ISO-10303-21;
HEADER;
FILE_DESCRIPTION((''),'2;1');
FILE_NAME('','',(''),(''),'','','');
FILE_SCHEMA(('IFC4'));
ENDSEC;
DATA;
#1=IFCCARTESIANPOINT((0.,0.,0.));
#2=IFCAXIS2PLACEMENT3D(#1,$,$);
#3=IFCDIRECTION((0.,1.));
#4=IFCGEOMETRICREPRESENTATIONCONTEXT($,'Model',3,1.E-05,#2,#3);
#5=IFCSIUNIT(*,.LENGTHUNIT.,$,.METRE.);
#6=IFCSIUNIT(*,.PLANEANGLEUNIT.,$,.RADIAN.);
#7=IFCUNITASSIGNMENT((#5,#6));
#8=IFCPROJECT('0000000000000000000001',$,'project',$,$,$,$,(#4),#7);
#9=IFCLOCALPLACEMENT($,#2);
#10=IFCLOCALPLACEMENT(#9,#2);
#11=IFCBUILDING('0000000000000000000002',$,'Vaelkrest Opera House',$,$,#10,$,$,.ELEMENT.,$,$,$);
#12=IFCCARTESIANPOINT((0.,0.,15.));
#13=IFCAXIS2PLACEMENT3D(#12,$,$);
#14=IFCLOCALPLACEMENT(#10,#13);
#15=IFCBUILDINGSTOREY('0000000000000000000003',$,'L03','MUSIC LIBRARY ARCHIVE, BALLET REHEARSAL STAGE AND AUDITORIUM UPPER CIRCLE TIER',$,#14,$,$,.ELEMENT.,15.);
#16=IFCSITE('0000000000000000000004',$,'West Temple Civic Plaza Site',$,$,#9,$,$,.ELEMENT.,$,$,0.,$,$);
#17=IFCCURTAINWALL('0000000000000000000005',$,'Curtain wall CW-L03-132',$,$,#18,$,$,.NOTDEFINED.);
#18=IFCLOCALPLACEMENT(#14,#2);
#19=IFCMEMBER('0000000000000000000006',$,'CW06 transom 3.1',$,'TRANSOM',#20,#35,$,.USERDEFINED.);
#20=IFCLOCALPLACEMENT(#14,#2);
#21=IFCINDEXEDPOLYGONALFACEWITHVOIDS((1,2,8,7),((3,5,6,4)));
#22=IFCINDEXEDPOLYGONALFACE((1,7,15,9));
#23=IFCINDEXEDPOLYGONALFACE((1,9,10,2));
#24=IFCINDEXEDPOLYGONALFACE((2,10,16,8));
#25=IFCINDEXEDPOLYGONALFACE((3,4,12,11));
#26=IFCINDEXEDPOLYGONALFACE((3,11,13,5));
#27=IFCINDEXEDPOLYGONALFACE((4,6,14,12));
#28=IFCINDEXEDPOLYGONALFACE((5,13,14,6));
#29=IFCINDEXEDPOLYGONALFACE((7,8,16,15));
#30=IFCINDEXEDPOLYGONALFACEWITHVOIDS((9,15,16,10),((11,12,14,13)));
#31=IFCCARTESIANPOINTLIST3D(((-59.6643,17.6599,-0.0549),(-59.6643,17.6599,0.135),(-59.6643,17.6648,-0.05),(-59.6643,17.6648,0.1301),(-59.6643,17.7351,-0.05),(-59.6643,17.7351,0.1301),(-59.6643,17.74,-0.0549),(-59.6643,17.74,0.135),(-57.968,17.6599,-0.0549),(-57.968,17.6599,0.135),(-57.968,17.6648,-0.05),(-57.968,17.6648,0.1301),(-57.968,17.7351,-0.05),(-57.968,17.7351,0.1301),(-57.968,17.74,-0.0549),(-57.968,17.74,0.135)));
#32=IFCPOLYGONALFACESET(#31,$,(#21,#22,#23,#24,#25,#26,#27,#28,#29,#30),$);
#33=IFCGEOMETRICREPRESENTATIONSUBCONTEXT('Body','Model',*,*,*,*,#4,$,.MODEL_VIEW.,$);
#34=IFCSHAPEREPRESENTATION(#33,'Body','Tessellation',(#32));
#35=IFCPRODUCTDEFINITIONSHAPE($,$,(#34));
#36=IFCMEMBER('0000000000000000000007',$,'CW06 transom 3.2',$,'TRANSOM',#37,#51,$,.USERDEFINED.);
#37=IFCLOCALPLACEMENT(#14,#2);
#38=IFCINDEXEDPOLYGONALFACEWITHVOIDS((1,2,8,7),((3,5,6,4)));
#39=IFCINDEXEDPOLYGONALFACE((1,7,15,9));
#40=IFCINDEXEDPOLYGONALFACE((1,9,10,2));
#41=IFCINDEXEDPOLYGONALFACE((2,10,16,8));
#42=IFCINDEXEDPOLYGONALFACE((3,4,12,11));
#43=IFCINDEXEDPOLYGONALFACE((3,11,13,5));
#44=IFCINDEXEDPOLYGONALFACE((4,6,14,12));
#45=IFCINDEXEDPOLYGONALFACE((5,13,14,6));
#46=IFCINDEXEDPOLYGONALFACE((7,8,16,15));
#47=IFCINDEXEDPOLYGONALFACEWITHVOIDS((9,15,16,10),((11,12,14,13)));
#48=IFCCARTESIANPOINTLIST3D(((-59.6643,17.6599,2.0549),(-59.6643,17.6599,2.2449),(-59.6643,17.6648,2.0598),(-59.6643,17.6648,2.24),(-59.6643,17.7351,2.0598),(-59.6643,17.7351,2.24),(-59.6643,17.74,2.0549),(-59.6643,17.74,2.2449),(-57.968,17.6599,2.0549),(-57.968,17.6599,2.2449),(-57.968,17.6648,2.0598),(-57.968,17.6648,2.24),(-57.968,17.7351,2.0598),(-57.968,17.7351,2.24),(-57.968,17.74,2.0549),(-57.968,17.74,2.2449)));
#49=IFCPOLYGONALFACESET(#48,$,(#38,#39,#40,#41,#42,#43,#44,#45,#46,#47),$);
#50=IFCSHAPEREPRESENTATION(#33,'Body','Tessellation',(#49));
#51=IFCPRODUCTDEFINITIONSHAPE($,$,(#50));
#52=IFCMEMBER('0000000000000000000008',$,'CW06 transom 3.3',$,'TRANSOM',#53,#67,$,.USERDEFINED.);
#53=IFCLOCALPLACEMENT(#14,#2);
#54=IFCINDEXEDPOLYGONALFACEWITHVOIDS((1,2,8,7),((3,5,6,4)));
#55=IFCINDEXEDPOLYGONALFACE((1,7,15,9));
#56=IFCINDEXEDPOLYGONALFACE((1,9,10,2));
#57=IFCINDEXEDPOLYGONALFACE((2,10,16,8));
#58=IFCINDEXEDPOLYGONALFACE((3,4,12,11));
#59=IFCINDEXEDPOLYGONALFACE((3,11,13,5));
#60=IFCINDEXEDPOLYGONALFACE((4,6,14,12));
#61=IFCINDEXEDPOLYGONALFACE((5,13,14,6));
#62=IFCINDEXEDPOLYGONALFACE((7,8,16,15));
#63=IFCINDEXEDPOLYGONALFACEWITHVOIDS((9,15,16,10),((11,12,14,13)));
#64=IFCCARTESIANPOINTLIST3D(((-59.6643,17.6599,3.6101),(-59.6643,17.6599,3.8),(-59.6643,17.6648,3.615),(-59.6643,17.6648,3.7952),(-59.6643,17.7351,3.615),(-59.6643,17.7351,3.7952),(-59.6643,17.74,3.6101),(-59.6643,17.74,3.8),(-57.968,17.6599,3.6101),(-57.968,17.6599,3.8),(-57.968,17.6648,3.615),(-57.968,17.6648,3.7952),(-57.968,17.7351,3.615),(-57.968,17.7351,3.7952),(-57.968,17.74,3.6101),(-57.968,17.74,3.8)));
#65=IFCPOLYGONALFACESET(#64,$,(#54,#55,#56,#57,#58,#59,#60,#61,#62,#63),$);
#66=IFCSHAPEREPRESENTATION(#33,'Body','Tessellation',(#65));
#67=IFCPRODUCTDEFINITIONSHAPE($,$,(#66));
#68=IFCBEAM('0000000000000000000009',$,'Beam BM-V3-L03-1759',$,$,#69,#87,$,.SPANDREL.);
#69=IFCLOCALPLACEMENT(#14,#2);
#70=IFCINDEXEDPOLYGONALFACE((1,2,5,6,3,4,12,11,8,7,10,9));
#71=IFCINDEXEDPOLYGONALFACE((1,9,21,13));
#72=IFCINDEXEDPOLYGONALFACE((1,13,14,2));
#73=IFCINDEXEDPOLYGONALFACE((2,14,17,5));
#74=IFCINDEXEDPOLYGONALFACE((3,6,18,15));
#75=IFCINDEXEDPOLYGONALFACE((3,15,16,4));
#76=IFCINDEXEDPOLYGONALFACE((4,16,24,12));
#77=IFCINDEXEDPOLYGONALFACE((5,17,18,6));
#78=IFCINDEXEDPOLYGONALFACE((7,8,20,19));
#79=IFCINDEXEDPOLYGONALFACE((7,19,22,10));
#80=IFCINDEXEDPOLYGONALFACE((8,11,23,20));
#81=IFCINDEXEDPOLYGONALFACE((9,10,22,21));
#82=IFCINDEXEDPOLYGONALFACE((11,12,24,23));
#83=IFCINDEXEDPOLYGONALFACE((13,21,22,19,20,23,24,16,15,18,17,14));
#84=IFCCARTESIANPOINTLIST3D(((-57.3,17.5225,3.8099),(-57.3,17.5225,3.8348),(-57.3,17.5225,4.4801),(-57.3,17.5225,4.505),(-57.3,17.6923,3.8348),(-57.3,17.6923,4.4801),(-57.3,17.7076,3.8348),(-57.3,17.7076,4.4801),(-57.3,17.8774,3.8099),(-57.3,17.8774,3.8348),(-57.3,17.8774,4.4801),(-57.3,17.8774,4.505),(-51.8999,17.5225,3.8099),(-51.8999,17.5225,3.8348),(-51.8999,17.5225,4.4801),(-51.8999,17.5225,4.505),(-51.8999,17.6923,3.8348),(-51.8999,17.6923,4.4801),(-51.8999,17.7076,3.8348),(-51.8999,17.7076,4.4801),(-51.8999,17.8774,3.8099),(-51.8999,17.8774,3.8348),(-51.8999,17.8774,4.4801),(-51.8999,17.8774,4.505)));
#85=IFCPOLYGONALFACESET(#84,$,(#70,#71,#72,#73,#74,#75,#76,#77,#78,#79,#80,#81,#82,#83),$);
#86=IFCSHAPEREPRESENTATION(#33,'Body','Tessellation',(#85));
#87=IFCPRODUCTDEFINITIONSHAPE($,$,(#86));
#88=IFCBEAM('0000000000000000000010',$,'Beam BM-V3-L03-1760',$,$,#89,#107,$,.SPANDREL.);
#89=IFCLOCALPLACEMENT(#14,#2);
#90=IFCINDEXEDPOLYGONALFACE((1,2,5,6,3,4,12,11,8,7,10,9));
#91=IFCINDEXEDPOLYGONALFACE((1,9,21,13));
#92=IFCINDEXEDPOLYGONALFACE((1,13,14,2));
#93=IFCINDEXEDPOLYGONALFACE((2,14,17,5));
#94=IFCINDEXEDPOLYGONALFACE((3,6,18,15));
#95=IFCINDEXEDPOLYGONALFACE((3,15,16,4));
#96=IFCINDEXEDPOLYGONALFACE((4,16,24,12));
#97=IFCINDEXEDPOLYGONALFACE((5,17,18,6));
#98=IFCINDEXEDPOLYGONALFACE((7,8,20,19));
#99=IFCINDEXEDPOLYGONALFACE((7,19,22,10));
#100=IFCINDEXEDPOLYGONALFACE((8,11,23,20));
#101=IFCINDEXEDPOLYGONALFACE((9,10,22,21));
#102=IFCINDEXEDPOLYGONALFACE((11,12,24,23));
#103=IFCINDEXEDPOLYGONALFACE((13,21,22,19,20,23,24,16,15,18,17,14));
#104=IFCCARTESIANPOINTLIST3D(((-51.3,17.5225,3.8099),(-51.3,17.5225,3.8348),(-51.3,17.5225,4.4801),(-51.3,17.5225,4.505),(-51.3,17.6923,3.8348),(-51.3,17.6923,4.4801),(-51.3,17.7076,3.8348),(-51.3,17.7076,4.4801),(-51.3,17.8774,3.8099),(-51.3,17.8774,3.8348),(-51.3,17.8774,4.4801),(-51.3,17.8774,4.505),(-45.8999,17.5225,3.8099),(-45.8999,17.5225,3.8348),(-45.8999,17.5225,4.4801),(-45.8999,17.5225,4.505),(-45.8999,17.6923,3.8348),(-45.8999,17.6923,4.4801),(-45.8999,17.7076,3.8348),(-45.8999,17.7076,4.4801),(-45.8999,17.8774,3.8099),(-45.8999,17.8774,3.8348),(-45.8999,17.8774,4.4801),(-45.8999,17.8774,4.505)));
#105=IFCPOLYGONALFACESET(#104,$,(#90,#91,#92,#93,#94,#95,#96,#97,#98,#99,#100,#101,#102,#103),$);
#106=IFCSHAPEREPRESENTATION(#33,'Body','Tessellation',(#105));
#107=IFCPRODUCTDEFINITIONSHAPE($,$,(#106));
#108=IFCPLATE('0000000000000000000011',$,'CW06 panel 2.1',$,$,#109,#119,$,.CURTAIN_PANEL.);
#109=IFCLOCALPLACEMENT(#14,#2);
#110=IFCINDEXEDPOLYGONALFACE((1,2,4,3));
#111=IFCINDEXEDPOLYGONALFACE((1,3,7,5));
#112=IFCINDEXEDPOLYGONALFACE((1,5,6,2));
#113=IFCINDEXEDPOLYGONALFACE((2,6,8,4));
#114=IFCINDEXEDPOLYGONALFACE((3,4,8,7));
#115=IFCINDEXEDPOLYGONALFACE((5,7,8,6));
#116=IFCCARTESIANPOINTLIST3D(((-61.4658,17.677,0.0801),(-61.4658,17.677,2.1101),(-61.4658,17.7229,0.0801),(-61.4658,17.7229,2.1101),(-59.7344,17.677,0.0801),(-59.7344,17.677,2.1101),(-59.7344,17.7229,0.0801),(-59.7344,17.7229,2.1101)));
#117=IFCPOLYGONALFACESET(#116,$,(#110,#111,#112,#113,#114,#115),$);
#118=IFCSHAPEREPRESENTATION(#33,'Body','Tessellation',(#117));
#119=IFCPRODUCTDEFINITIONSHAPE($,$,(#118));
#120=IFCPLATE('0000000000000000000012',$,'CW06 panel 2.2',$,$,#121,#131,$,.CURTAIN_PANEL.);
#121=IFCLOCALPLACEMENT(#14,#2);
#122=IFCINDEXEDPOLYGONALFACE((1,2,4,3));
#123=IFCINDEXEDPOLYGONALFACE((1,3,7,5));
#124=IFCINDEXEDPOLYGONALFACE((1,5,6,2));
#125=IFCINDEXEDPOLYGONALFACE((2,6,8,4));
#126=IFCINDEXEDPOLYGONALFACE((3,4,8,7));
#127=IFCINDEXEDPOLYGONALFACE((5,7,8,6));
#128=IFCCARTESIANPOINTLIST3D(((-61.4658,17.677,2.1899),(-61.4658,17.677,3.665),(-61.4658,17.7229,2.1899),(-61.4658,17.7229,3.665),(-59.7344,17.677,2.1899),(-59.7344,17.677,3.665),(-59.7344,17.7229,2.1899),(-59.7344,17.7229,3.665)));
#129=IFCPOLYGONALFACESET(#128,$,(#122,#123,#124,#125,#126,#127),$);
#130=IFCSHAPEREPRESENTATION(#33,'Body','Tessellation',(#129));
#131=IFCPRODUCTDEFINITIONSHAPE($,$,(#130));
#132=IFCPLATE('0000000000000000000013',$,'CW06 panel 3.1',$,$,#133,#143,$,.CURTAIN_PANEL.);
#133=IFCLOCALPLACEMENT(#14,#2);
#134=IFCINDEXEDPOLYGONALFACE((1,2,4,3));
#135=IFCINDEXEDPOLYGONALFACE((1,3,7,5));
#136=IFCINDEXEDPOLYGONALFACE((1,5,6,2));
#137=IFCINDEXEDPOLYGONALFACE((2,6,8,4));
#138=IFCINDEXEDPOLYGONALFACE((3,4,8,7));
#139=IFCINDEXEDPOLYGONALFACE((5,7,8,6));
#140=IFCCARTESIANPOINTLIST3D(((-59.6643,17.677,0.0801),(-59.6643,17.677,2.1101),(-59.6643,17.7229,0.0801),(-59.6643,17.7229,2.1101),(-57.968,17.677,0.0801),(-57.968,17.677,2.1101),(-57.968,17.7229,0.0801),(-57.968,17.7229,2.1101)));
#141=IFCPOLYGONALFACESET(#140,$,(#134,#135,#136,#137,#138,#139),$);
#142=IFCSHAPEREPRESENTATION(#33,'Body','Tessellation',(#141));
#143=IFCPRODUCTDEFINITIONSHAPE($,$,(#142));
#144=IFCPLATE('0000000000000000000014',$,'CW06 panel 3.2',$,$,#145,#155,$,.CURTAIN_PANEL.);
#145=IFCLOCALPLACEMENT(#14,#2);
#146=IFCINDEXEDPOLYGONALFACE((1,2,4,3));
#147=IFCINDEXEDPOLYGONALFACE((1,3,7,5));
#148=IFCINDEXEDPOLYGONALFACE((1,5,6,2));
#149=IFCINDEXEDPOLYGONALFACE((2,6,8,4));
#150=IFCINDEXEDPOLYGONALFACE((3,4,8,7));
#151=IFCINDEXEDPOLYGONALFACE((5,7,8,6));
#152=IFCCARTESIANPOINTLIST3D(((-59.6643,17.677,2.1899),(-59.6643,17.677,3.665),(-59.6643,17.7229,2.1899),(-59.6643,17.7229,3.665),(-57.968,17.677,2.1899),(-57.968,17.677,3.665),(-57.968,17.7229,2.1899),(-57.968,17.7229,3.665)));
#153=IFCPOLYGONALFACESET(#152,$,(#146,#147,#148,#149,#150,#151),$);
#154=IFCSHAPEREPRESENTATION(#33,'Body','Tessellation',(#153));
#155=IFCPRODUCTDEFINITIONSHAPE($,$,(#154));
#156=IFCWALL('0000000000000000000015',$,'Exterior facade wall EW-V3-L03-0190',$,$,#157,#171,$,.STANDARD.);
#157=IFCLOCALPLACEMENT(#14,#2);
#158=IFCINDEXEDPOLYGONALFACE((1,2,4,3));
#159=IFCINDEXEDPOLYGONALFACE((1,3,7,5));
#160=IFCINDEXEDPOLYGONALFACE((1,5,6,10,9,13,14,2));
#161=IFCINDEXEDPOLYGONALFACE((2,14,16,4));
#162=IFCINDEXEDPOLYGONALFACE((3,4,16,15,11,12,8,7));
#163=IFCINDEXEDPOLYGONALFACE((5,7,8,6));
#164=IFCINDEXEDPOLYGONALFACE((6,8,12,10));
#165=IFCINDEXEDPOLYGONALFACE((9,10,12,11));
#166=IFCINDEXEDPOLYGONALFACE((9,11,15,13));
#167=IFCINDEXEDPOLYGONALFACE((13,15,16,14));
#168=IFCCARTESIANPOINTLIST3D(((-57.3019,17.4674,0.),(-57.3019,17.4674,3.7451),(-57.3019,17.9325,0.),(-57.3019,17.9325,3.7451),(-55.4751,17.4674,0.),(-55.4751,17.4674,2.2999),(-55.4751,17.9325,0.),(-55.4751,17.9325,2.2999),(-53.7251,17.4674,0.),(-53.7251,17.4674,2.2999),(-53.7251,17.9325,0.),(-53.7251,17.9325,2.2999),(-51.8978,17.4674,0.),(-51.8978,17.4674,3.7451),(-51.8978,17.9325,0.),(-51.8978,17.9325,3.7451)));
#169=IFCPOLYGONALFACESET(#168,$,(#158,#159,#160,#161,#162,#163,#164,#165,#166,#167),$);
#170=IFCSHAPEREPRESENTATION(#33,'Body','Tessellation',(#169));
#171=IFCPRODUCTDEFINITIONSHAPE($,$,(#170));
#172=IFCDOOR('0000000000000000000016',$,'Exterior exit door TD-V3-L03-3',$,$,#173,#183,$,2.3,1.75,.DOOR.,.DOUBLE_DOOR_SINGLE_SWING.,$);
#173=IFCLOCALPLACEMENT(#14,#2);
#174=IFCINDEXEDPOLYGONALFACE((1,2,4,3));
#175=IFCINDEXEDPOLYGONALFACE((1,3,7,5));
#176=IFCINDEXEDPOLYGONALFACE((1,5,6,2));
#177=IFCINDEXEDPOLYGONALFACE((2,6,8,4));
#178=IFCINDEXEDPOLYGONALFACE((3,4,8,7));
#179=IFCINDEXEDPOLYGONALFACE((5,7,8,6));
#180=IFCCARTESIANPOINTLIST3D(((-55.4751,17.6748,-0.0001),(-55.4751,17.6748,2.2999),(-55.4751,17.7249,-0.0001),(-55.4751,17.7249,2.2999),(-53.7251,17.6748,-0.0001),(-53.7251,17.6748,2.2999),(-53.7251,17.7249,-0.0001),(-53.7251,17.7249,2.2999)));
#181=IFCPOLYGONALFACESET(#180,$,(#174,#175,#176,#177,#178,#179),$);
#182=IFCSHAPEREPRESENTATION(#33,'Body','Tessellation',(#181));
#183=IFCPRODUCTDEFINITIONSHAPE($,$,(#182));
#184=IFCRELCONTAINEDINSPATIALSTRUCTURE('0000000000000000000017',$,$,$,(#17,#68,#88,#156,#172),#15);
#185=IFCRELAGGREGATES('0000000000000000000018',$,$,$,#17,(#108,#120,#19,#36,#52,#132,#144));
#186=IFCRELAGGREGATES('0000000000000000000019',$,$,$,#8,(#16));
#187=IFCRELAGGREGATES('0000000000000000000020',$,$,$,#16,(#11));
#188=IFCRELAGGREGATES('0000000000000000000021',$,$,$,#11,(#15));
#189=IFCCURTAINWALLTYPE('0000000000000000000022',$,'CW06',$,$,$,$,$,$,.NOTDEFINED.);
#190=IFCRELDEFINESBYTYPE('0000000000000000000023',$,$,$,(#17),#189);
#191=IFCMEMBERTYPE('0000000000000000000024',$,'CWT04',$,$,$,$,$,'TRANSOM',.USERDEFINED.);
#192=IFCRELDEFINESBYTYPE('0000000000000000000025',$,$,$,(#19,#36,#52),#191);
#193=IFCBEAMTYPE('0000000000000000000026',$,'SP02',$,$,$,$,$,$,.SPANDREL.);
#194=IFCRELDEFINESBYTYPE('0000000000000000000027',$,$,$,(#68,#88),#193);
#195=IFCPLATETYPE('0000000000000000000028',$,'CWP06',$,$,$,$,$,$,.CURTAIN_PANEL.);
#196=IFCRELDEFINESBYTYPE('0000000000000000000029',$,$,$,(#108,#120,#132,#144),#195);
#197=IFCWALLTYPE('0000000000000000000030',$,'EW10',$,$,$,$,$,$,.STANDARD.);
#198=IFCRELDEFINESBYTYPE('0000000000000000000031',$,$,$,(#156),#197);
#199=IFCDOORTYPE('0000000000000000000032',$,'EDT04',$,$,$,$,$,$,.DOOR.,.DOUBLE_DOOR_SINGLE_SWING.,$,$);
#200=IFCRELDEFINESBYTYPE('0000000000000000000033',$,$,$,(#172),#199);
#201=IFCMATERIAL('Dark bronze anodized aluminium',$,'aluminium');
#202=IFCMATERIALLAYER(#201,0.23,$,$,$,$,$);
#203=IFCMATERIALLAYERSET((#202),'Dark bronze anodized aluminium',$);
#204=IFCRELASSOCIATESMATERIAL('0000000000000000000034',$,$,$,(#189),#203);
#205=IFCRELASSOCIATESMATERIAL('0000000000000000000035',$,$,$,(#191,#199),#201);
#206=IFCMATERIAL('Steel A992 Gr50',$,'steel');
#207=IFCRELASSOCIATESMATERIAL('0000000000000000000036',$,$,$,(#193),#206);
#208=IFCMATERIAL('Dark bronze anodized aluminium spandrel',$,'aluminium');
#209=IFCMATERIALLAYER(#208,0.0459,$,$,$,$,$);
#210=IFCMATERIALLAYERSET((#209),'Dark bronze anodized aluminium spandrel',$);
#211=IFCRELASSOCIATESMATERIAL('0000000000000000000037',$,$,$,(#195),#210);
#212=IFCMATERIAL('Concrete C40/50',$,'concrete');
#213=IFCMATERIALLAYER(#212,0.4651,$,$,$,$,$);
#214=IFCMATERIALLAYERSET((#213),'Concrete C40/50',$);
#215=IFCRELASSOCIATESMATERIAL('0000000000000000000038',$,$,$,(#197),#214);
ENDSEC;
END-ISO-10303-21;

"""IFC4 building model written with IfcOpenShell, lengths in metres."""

from ifc_helpers import new_model, si_unit, direction, frame, frame_2d, origin, origin_2d, place, context, subcontext, project, spatial, rectangle, hollow_rectangle, i_section, extrude, material, layer, layer_set, material_profile, profile_set, type_object, element, fill, aggregate, save


model = new_model("IFC4")

# Units and contexts
model_context = context("Model", 3, precision=1e-05, world=origin(), true_north=direction((0.0, 1.0)))
body_context = subcontext(model_context, "Body", "Model", "MODEL_VIEW")
ifc_project = project(units=[si_unit("LENGTHUNIT", "METRE"), si_unit("PLANEANGLEUNIT", "RADIAN")], contexts=[model_context])

# Site, building, storey
site_placement = place(None, origin())
site = spatial("IfcSite", under=ifc_project, at=site_placement, Name="West Temple Civic Plaza Site", CompositionType="ELEMENT", RefElevation=0.0)
building_placement = place(site_placement, origin())
building = spatial("IfcBuilding", under=site, at=building_placement, Name="Vaelkrest Opera House", CompositionType="ELEMENT")
storey_placement = place(building_placement, frame((0.0, 0.0, 15.0)))
storey = spatial("IfcBuildingStorey", under=building, at=storey_placement, Name="L03", Description="MUSIC LIBRARY ARCHIVE, BALLET REHEARSAL STAGE AND AUDITORIUM UPPER CIRCLE TIER", CompositionType="ELEMENT", Elevation=15.0)

# Curtain wall
ifc_material_1 = material(Name="Dark bronze anodized aluminium", Category="aluminium")
ifc_layer_1 = layer(ifc_material_1, 0.23)
ifc_layer_set_1 = layer_set([ifc_layer_1], Name="Dark bronze anodized aluminium")
curtain_wall_type_1 = type_object("IfcCurtainWallType", Name="CW06", PredefinedType="NOTDEFINED", material=ifc_layer_set_1)
curtain_wall_1_placement = place(storey_placement, origin())
curtain_wall_1 = element("IfcCurtainWall", 1, at=curtain_wall_1_placement, inside=storey, type_object=curtain_wall_type_1, Name="Curtain wall CW-L03-132", PredefinedType="NOTDEFINED")

# Members
ifc_material_profile_1 = material_profile(ifc_material_1, hollow_rectangle(XDim=0.0801, YDim=0.1899, WallThickness=0.0049, at=origin_2d()), Name="CWT80X190")
ifc_profile_set_1 = profile_set([ifc_material_profile_1], Name="Dark bronze anodized aluminium")
member_type_1 = type_object("IfcMemberType", Name="CWT04", ElementType="TRANSOM", PredefinedType="USERDEFINED", material=ifc_profile_set_1)
member_1_placement = place(storey_placement, frame((-59.6643, 17.7, 0.04), z_axis=(1.0, 0.0, 0.0), x_axis=(0.0, 1.0, 0.0)))
member_1 = element("IfcMember", 2, at=member_1_placement, type_object=member_type_1, Name="CW06 transom 3.1", ObjectType="TRANSOM", PredefinedType="USERDEFINED", context=body_context, shape_type="SweptSolid", body=[
    extrude(hollow_rectangle(XDim=0.0801, YDim=0.1899, WallThickness=0.0049, at=origin_2d()), origin(), (0.0, 0.0, 1.0), 1.6963),
])
member_2_placement = place(storey_placement, frame((-59.6643, 17.7, 2.1499), z_axis=(1.0, 0.0, 0.0), x_axis=(0.0, 1.0, 0.0)))
member_2 = element("IfcMember", 3, at=member_2_placement, type_object=member_type_1, Name="CW06 transom 3.2", ObjectType="TRANSOM", PredefinedType="USERDEFINED", context=body_context, shape_type="SweptSolid", body=[
    extrude(hollow_rectangle(XDim=0.0801, YDim=0.1899, WallThickness=0.0049, at=origin_2d()), origin(), (0.0, 0.0, 1.0), 1.6963),
])
member_3_placement = place(storey_placement, frame((-59.6643, 17.7, 3.7051), z_axis=(1.0, 0.0, 0.0), x_axis=(0.0, 1.0, 0.0)))
member_3 = element("IfcMember", 4, at=member_3_placement, type_object=member_type_1, Name="CW06 transom 3.3", ObjectType="TRANSOM", PredefinedType="USERDEFINED", context=body_context, shape_type="SweptSolid", body=[
    extrude(hollow_rectangle(XDim=0.0801, YDim=0.1899, WallThickness=0.0049, at=origin_2d()), origin(), (0.0, 0.0, 1.0), 1.6963),
])

# Beams
ifc_material_2 = material(Name="Steel A992 Gr50", Category="steel")
ifc_material_profile_2 = material_profile(ifc_material_2, i_section(OverallWidth=0.355, OverallDepth=0.6951, WebThickness=0.0154, FlangeThickness=0.0249, at=origin_2d()), Name="W27X146")
ifc_profile_set_2 = profile_set([ifc_material_profile_2], Name="Steel A992 Gr50")
beam_type = type_object("IfcBeamType", Name="SP02", PredefinedType="SPANDREL", material=ifc_profile_set_2)
for number, where, z_axis, x_axis, name in (
    (5, (-57.3, 17.7, 4.1575), (1.0, 0.0, 0.0), (0.0, 1.0, 0.0), "Beam BM-V3-L03-1759"),
    (6, (-51.3, 17.7, 4.1575), (1.0, 0.0, 0.0), (0.0, 1.0, 0.0), "Beam BM-V3-L03-1760"),
):
    element("IfcBeam", number, at=place(storey_placement, frame(where, z_axis=z_axis, x_axis=x_axis)), inside=storey, type_object=beam_type, Name=name, PredefinedType="SPANDREL", context=body_context, shape_type="SweptSolid", body=[
        extrude(i_section(OverallWidth=0.355, OverallDepth=0.6951, WebThickness=0.0154, FlangeThickness=0.0249, at=origin_2d()), origin(), (0.0, 0.0, 1.0), 5.4001),
    ])

# Plates
ifc_material_3 = material(Name="Dark bronze anodized aluminium spandrel", Category="aluminium")
ifc_layer_2 = layer(ifc_material_3, 0.0459)
ifc_layer_set_2 = layer_set([ifc_layer_2], Name="Dark bronze anodized aluminium spandrel")
plate_type = type_object("IfcPlateType", Name="CWP06", PredefinedType="CURTAIN_PANEL", material=ifc_layer_set_2)
plate_1_placement = place(storey_placement, frame((-60.6001, 17.7, 0.0801), z_axis=(0.0, 0.0, 1.0), x_axis=(1.0, 0.0, 0.0)))
plate_1 = element("IfcPlate", 7, at=plate_1_placement, type_object=plate_type, Name="CW06 panel 2.1", PredefinedType="CURTAIN_PANEL", context=body_context, shape_type="SweptSolid", body=[
    extrude(rectangle(XDim=1.7314, YDim=0.0459, at=origin_2d()), origin(), (0.0, 0.0, 1.0), 2.03),
])
plate_2_placement = place(storey_placement, frame((-60.6001, 17.7, 2.1899), z_axis=(0.0, 0.0, 1.0), x_axis=(1.0, 0.0, 0.0)))
plate_2 = element("IfcPlate", 8, at=plate_2_placement, type_object=plate_type, Name="CW06 panel 2.2", PredefinedType="CURTAIN_PANEL", context=body_context, shape_type="SweptSolid", body=[
    extrude(rectangle(XDim=1.7314, YDim=0.0459, at=origin_2d()), origin(), (0.0, 0.0, 1.0), 1.4751),
])
plate_3_placement = place(storey_placement, frame((-58.8162, 17.7, 0.0801), z_axis=(0.0, 0.0, 1.0), x_axis=(1.0, 0.0, 0.0)))
plate_3 = element("IfcPlate", 9, at=plate_3_placement, type_object=plate_type, Name="CW06 panel 3.1", PredefinedType="CURTAIN_PANEL", context=body_context, shape_type="SweptSolid", body=[
    extrude(rectangle(XDim=1.6963, YDim=0.0459, at=origin_2d()), origin(), (0.0, 0.0, 1.0), 2.03),
])
plate_4_placement = place(storey_placement, frame((-58.8162, 17.7, 2.1899), z_axis=(0.0, 0.0, 1.0), x_axis=(1.0, 0.0, 0.0)))
plate_4 = element("IfcPlate", 10, at=plate_4_placement, type_object=plate_type, Name="CW06 panel 3.2", PredefinedType="CURTAIN_PANEL", context=body_context, shape_type="SweptSolid", body=[
    extrude(rectangle(XDim=1.6963, YDim=0.0459, at=origin_2d()), origin(), (0.0, 0.0, 1.0), 1.4751),
])
aggregate(curtain_wall_1, [plate_1, plate_2, member_1, member_2, member_3, plate_3, plate_4])

# Wall, opening, door
ifc_material_4 = material(Name="Concrete C40/50", Category="concrete")
ifc_layer_3 = layer(ifc_material_4, 0.4651)
ifc_layer_set_3 = layer_set([ifc_layer_3], Name="Concrete C40/50")
wall_type = type_object("IfcWallType", Name="EW10", PredefinedType="STANDARD", material=ifc_layer_set_3)
wall_placement = place(storey_placement, frame((-57.302, 17.7, 0.0), z_axis=(0.0, 0.0, 1.0), x_axis=(1.0, 0.0, 0.0)))
wall = element("IfcWall", 11, at=wall_placement, inside=storey, type_object=wall_type, Name="Exterior facade wall EW-V3-L03-0190", PredefinedType="STANDARD", context=body_context, shape_type="SweptSolid", body=[
    extrude(rectangle(XDim=5.4041, YDim=0.4651, at=frame_2d((2.7021, 0.0))), origin(), (0.0, 0.0, 1.0), 3.7451),
])
opening_placement = place(wall_placement, frame((1.8269, 0.0, 0.0)))
opening = element("IfcOpeningElement", 12, at=opening_placement, cuts=wall, PredefinedType="OPENING", context=body_context, shape_type="SweptSolid", body=[
    extrude(rectangle(XDim=1.75, YDim=2.3, at=frame_2d((0.875, 1.1499))), frame((0.0, 0.2424, 0.0), z_axis=(0.0, -1.0, 0.0), x_axis=(1.0, 0.0, 0.0)), (0.0, 0.0, 1.0), 0.4851),
])
door_type = type_object("IfcDoorType", Name="EDT04", OperationType="DOUBLE_DOOR_SINGLE_SWING", PredefinedType="DOOR", material=ifc_material_1)
door_placement = place(opening_placement, origin())
door = element("IfcDoor", 13, at=door_placement, inside=storey, type_object=door_type, Name="Exterior exit door TD-V3-L03-3", OperationType="DOUBLE_DOOR_SINGLE_SWING", OverallHeight=2.3, OverallWidth=1.75, PredefinedType="DOOR", context=body_context, shape_type="SweptSolid", body=[
    extrude(rectangle(XDim=1.75, YDim=2.3, at=frame_2d((0.875, 1.1499))), frame((0.0, 0.0249, 0.0), z_axis=(0.0, -1.0, 0.0), x_axis=(1.0, 0.0, 0.0)), (0.0, 0.0, 1.0), 0.05),
])
fill(opening, door)

save(model, "model.ifc")
